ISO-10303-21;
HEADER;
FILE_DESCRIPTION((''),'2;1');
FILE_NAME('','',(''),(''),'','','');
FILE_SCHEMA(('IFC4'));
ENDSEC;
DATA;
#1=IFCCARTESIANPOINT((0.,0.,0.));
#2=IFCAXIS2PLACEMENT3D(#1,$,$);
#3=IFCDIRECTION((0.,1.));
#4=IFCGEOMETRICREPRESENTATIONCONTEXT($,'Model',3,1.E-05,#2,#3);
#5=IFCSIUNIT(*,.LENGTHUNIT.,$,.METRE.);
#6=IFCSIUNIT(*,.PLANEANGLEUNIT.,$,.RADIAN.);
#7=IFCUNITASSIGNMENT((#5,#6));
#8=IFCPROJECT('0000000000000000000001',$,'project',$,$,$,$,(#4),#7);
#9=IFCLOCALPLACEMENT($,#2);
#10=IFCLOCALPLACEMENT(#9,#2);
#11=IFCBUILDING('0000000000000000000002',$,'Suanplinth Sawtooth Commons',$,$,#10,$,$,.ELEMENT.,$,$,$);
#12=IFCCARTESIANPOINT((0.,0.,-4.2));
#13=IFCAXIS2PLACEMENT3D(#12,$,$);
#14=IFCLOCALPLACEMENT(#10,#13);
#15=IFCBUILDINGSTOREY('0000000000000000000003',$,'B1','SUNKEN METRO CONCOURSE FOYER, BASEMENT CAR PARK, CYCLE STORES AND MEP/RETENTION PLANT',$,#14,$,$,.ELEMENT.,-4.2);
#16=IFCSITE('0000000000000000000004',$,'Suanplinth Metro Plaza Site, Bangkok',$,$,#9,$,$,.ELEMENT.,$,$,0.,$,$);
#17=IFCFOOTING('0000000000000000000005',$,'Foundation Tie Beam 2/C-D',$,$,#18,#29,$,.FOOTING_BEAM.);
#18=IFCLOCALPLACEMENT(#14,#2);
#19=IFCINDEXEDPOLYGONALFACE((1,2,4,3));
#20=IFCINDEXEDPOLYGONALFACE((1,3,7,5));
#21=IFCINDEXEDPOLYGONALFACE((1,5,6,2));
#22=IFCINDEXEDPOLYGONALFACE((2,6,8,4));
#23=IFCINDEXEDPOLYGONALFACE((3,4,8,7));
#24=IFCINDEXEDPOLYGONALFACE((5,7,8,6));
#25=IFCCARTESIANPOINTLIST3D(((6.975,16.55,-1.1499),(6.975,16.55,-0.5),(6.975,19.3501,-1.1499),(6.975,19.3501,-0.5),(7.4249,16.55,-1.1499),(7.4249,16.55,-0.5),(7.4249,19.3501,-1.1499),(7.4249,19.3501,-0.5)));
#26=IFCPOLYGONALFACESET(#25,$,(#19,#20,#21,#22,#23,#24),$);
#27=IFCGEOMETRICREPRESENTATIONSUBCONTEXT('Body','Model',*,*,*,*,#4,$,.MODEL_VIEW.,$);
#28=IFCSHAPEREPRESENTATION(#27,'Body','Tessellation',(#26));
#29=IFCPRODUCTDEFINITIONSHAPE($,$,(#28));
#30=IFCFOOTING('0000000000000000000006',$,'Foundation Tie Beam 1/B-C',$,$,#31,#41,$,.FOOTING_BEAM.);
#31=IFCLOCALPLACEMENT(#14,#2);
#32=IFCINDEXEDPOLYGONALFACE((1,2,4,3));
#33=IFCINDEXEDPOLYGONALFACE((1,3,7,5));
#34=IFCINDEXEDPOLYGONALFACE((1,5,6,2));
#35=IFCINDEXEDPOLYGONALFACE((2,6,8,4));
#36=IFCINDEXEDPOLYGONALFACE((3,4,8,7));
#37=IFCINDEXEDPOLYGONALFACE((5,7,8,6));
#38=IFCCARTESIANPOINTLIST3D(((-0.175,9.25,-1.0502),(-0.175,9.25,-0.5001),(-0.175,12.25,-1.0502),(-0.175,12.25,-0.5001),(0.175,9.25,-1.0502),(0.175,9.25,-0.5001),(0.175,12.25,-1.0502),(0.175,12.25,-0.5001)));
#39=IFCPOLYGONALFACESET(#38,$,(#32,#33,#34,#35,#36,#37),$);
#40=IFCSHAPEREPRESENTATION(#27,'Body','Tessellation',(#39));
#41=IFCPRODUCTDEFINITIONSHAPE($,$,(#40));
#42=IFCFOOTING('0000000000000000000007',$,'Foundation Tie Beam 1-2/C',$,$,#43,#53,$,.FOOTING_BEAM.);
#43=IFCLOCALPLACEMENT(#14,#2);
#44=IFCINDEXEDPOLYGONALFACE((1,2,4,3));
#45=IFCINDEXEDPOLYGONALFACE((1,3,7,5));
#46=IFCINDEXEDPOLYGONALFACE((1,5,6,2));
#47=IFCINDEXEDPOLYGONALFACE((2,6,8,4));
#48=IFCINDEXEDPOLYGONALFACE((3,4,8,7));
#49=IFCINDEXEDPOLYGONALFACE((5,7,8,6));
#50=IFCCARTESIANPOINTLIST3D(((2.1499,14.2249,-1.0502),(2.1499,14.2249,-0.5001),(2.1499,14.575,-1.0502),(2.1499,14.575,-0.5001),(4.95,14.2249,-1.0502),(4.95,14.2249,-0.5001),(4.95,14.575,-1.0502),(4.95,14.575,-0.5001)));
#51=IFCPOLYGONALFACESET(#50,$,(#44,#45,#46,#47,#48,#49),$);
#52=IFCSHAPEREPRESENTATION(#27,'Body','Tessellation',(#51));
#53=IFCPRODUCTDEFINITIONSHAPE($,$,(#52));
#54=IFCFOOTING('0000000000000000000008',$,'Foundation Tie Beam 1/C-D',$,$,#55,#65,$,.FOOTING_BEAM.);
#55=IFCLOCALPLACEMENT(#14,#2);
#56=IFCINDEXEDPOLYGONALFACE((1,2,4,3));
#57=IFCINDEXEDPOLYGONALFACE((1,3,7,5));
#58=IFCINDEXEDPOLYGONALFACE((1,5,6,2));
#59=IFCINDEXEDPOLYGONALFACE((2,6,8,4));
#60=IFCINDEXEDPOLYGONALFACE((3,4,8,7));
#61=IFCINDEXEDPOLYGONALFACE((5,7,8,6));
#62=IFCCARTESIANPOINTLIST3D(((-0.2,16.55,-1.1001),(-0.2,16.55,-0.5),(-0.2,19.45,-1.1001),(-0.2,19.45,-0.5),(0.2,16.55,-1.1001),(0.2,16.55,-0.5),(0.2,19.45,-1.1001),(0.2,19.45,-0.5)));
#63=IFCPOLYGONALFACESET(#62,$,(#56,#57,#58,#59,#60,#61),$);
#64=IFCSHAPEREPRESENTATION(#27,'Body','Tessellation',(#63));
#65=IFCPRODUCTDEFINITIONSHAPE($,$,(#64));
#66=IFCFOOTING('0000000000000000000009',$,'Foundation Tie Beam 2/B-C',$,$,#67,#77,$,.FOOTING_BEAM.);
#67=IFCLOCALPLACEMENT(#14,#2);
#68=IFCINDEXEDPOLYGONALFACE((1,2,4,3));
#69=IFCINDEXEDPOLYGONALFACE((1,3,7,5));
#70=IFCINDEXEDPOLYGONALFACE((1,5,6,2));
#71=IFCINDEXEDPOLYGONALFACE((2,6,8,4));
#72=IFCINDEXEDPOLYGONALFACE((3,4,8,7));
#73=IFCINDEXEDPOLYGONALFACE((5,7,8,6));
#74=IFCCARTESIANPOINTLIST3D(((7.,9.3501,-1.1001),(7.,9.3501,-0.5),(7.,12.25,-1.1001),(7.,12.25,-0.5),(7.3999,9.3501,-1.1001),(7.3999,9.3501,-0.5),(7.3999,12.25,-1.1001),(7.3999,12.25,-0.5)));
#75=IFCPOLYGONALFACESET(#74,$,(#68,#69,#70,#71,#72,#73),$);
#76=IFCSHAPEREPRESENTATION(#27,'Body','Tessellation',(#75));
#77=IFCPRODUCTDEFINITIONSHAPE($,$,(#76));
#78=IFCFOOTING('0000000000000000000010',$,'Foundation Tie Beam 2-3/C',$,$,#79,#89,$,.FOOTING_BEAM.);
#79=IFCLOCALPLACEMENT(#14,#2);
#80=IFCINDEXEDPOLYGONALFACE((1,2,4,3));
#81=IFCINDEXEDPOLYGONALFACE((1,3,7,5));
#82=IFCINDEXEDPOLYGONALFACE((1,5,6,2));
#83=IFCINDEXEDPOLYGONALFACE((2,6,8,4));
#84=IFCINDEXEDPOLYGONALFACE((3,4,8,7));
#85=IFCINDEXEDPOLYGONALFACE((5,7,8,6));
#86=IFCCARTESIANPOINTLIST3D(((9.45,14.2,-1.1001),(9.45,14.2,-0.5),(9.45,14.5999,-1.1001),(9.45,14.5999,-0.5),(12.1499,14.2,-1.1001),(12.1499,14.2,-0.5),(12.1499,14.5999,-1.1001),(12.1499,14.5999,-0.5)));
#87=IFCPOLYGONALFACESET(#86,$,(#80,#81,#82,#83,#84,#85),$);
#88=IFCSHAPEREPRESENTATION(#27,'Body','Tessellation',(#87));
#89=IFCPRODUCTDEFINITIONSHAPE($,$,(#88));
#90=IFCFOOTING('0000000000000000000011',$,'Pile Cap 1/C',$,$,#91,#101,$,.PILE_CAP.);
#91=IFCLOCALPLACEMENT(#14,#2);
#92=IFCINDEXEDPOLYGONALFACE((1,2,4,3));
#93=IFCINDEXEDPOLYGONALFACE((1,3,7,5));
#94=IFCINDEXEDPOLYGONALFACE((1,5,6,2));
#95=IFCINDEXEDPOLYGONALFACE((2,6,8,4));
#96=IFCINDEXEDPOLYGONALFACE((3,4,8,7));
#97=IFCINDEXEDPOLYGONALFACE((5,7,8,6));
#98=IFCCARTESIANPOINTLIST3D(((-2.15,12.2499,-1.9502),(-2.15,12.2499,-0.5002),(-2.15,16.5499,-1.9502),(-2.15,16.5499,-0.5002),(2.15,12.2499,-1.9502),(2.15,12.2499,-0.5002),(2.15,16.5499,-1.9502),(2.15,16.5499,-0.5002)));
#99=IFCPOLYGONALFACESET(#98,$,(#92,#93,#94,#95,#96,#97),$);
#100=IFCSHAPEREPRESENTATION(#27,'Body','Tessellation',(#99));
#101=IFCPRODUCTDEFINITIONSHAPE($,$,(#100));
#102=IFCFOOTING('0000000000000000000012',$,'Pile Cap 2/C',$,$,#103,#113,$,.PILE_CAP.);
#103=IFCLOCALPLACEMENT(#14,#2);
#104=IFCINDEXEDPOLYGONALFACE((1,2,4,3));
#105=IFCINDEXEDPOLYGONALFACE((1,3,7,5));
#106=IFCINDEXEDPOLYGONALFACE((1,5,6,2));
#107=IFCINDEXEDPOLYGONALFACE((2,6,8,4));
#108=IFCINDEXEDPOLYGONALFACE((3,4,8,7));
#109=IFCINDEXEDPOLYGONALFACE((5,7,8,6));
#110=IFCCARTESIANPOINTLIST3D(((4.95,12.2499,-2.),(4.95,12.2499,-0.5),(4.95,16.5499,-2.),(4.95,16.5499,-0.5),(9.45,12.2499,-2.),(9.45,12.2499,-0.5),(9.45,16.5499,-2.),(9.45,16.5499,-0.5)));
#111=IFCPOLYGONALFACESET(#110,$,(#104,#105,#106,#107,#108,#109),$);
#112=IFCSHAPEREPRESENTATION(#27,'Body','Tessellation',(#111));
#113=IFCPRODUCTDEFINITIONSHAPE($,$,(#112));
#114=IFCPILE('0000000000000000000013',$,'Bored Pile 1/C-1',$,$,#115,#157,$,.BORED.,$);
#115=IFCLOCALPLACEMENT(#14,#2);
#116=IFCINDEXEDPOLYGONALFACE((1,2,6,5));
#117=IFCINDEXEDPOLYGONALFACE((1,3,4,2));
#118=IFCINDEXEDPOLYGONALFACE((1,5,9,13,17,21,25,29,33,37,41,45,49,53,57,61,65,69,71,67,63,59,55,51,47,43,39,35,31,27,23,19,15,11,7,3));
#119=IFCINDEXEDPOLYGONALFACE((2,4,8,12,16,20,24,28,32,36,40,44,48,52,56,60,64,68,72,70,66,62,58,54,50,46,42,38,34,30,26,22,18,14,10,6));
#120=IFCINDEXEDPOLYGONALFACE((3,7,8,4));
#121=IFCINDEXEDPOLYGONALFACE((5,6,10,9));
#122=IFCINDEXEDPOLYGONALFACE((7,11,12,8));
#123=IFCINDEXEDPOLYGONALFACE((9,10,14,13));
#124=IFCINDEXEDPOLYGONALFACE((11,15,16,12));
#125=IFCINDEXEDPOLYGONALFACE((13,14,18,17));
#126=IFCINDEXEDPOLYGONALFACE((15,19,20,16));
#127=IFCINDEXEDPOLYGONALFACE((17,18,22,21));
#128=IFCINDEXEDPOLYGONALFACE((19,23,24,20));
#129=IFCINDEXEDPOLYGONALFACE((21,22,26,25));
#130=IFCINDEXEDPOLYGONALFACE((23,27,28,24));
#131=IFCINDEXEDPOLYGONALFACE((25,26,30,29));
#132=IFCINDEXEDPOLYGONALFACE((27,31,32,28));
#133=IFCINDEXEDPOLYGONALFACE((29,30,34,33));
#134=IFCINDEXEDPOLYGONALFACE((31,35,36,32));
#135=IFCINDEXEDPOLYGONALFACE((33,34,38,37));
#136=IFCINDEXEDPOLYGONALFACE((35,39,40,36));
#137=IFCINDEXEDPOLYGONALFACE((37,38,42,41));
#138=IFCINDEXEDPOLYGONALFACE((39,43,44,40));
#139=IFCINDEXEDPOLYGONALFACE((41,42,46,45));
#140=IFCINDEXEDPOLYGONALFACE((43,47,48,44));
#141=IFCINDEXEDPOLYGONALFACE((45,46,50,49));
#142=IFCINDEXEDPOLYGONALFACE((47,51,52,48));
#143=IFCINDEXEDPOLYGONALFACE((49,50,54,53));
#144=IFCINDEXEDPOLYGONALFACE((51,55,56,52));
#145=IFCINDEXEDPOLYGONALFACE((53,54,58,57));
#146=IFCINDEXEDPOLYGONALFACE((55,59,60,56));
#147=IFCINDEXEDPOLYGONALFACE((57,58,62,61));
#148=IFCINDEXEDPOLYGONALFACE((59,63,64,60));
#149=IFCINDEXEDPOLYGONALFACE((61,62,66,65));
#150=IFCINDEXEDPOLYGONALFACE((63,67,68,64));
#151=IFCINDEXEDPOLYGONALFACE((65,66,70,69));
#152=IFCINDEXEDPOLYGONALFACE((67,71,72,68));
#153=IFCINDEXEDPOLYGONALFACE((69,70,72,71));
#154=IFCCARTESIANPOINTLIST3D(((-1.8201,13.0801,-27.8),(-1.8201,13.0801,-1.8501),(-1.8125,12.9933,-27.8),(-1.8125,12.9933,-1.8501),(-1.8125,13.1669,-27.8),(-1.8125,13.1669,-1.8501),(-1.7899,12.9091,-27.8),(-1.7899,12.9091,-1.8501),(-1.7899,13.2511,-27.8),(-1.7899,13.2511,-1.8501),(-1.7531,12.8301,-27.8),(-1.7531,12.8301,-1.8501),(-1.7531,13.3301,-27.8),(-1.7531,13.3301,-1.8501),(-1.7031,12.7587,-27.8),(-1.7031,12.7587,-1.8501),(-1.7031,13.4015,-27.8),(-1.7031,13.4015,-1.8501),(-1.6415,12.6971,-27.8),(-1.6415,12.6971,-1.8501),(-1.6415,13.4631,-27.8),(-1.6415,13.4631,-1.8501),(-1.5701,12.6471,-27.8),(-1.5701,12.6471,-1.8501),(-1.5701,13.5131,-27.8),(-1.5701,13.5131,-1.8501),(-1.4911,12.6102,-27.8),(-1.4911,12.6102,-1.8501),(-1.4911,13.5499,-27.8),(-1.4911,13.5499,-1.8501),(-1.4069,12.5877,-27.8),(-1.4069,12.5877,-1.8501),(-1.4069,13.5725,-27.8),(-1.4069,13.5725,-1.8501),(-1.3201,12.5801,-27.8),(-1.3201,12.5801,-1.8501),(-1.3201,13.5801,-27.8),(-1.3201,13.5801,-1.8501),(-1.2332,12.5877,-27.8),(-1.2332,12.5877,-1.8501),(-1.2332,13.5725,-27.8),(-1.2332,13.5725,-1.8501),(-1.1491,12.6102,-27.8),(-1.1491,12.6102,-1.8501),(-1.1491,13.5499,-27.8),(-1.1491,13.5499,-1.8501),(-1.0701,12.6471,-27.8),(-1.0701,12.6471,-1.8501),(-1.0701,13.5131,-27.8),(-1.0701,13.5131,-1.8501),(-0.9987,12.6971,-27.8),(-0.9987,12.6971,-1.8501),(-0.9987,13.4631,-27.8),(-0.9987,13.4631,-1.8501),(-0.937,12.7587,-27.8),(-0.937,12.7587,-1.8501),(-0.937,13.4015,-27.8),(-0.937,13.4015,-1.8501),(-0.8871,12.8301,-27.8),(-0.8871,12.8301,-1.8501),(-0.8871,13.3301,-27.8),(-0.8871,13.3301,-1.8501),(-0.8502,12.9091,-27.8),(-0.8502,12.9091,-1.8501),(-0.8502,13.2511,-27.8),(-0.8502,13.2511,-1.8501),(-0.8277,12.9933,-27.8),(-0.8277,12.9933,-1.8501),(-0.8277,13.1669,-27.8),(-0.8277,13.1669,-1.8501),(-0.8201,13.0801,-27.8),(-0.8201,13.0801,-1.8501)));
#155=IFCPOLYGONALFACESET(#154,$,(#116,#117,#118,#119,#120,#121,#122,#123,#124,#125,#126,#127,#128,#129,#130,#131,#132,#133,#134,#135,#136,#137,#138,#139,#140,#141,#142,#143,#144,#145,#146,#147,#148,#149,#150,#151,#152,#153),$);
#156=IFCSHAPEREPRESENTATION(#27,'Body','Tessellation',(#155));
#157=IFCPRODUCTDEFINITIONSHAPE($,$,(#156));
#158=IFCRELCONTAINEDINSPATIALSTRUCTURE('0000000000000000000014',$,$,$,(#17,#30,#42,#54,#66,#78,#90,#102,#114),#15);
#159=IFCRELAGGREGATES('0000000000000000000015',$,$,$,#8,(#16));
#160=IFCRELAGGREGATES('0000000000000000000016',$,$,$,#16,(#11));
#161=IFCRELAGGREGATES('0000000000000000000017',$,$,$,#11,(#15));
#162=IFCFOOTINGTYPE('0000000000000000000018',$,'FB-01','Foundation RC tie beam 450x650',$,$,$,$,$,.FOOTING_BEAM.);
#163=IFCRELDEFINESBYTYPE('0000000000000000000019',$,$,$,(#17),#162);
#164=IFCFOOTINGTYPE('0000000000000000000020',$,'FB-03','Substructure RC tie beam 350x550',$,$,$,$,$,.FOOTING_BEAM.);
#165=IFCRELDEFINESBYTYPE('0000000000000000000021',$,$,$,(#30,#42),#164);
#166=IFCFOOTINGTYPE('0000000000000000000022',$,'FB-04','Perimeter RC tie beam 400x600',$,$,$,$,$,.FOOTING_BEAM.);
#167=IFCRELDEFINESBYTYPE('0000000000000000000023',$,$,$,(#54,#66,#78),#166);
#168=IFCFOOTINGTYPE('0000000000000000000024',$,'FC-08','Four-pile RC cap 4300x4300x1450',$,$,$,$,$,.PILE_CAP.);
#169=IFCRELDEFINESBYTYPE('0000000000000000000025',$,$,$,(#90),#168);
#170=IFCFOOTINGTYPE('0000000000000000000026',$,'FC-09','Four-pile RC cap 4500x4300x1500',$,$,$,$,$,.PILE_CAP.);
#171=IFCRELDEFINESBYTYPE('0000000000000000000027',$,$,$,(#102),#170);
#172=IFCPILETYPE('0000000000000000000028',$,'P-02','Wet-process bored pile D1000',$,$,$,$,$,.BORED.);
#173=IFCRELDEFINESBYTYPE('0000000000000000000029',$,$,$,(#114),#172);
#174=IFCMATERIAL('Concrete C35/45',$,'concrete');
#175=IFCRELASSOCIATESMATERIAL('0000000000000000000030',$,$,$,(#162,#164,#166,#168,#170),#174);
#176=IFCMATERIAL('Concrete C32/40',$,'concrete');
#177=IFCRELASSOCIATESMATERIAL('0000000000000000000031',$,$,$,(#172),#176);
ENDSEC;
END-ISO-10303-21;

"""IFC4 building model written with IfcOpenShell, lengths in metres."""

from ifc_helpers import new_model, si_unit, direction, frame, origin, origin_2d, place, context, subcontext, project, spatial, rectangle, circle, extrude, material, material_profile, profile_set, type_object, element, save


model = new_model("IFC4")

# Units and contexts
model_context = context("Model", 3, precision=1e-05, world=origin(), true_north=direction((0.0, 1.0)))
body_context = subcontext(model_context, "Body", "Model", "MODEL_VIEW")
ifc_project = project(units=[si_unit("LENGTHUNIT", "METRE"), si_unit("PLANEANGLEUNIT", "RADIAN")], contexts=[model_context])

# Site, building, storey
site_placement = place(None, origin())
site = spatial("IfcSite", under=ifc_project, at=site_placement, Name="Suanplinth Metro Plaza Site, Bangkok", CompositionType="ELEMENT", RefElevation=0.0)
building_placement = place(site_placement, origin())
building = spatial("IfcBuilding", under=site, at=building_placement, Name="Suanplinth Sawtooth Commons", CompositionType="ELEMENT")
storey_placement = place(building_placement, frame((0.0, 0.0, -4.2)))
storey = spatial("IfcBuildingStorey", under=building, at=storey_placement, Name="B1", Description="SUNKEN METRO CONCOURSE FOYER, BASEMENT CAR PARK, CYCLE STORES AND MEP/RETENTION PLANT", CompositionType="ELEMENT", Elevation=-4.2)

# Footings
ifc_material_1 = material(Name="Concrete C35/45", Category="concrete")
ifc_material_profile_1 = material_profile(ifc_material_1, rectangle(XDim=0.45, YDim=0.6499, at=origin_2d()), Name="PC-GDR 450x650")
ifc_profile_set_1 = profile_set([ifc_material_profile_1], Name="Concrete C35/45")
footing_type_1 = type_object("IfcFootingType", Name="FB-01", Description="Foundation RC tie beam 450x650", PredefinedType="FOOTING_BEAM", material=ifc_profile_set_1)
footing_1_placement = place(storey_placement, frame((7.2, 16.55, -0.825), z_axis=(0.0, 1.0, 0.0), x_axis=(-1.0, 0.0, 0.0)))
element("IfcFooting", 1, at=footing_1_placement, inside=storey, type_object=footing_type_1, Name="Foundation Tie Beam 2/C-D", PredefinedType="FOOTING_BEAM", context=body_context, shape_type="SweptSolid", body=[
    extrude(rectangle(XDim=0.45, YDim=0.6499, at=origin_2d()), origin(), (0.0, 0.0, 1.0), 2.8),
])
ifc_material_profile_2 = material_profile(ifc_material_1, rectangle(XDim=0.3501, YDim=0.55, at=origin_2d()), Name="PC-BM 350x550")
ifc_profile_set_2 = profile_set([ifc_material_profile_2], Name="Concrete C35/45")
footing_type_2 = type_object("IfcFootingType", Name="FB-03", Description="Substructure RC tie beam 350x550", PredefinedType="FOOTING_BEAM", material=ifc_profile_set_2)
footing_2_placement = place(storey_placement, frame((0.0, 9.25, -0.7751), z_axis=(0.0, 1.0, 0.0), x_axis=(-1.0, 0.0, 0.0)))
element("IfcFooting", 2, at=footing_2_placement, inside=storey, type_object=footing_type_2, Name="Foundation Tie Beam 1/B-C", PredefinedType="FOOTING_BEAM", context=body_context, shape_type="SweptSolid", body=[
    extrude(rectangle(XDim=0.3501, YDim=0.55, at=origin_2d()), origin(), (0.0, 0.0, 1.0), 3.0),
])
footing_3_placement = place(storey_placement, frame((2.1499, 14.3999, -0.7751), z_axis=(1.0, 0.0, 0.0), x_axis=(0.0, 1.0, 0.0)))
element("IfcFooting", 3, at=footing_3_placement, inside=storey, type_object=footing_type_2, Name="Foundation Tie Beam 1-2/C", PredefinedType="FOOTING_BEAM", context=body_context, shape_type="SweptSolid", body=[
    extrude(rectangle(XDim=0.3501, YDim=0.55, at=origin_2d()), origin(), (0.0, 0.0, 1.0), 2.8),
])
ifc_material_profile_3 = material_profile(ifc_material_1, rectangle(XDim=0.3999, YDim=0.6001, at=origin_2d()), Name="PC-GDR 400x600")
ifc_profile_set_3 = profile_set([ifc_material_profile_3], Name="Concrete C35/45")
footing_type_3 = type_object("IfcFootingType", Name="FB-04", Description="Perimeter RC tie beam 400x600", PredefinedType="FOOTING_BEAM", material=ifc_profile_set_3)
for number, where, z_axis, x_axis, name in (
    (4, (0.0, 16.55, -0.8), (0.0, 1.0, 0.0), (-1.0, 0.0, 0.0), "Foundation Tie Beam 1/C-D"),
    (5, (7.2, 9.3501, -0.8), (0.0, 1.0, 0.0), (-1.0, 0.0, 0.0), "Foundation Tie Beam 2/B-C"),
):
    element("IfcFooting", number, at=place(storey_placement, frame(where, z_axis=z_axis, x_axis=x_axis)), inside=storey, type_object=footing_type_3, Name=name, PredefinedType="FOOTING_BEAM", context=body_context, shape_type="SweptSolid", body=[
        extrude(rectangle(XDim=0.3999, YDim=0.6001, at=origin_2d()), origin(), (0.0, 0.0, 1.0), 2.8999),
    ])
footing_4_placement = place(storey_placement, frame((9.45, 14.3999, -0.8), z_axis=(1.0, 0.0, 0.0), x_axis=(0.0, 1.0, 0.0)))
element("IfcFooting", 6, at=footing_4_placement, inside=storey, type_object=footing_type_3, Name="Foundation Tie Beam 2-3/C", PredefinedType="FOOTING_BEAM", context=body_context, shape_type="SweptSolid", body=[
    extrude(rectangle(XDim=0.3999, YDim=0.6001, at=origin_2d()), origin(), (0.0, 0.0, 1.0), 2.7),
])
footing_type_4 = type_object("IfcFootingType", Name="FC-08", Description="Four-pile RC cap 4300x4300x1450", PredefinedType="PILE_CAP", material=ifc_material_1)
footing_5_placement = place(storey_placement, frame((0.0, 14.3999, -1.9502), z_axis=(0.0, 0.0, 1.0), x_axis=(1.0, 0.0, 0.0)))
element("IfcFooting", 7, at=footing_5_placement, inside=storey, type_object=footing_type_4, Name="Pile Cap 1/C", PredefinedType="PILE_CAP", context=body_context, shape_type="SweptSolid", body=[
    extrude(rectangle(XDim=4.3, YDim=4.3, at=origin_2d()), origin(), (0.0, 0.0, 1.0), 1.45),
])
footing_type_5 = type_object("IfcFootingType", Name="FC-09", Description="Four-pile RC cap 4500x4300x1500", PredefinedType="PILE_CAP", material=ifc_material_1)
footing_6_placement = place(storey_placement, frame((7.2, 14.3999, -2.0), z_axis=(0.0, 0.0, 1.0), x_axis=(1.0, 0.0, 0.0)))
element("IfcFooting", 8, at=footing_6_placement, inside=storey, type_object=footing_type_5, Name="Pile Cap 2/C", PredefinedType="PILE_CAP", context=body_context, shape_type="SweptSolid", body=[
    extrude(rectangle(XDim=4.5, YDim=4.3, at=origin_2d()), origin(), (0.0, 0.0, 1.0), 1.5),
])

# Pile
ifc_material_2 = material(Name="Concrete C32/40", Category="concrete")
ifc_material_profile_4 = material_profile(ifc_material_2, circle(Radius=0.5, at=origin_2d()), Name="PILE D1000")
ifc_profile_set_4 = profile_set([ifc_material_profile_4], Name="Concrete C32/40")
pile_type = type_object("IfcPileType", Name="P-02", Description="Wet-process bored pile D1000", PredefinedType="BORED", material=ifc_profile_set_4)
for number, where, z_axis, x_axis, name in (
    (9, (-1.3201, 13.0801, -1.8501), (0.0, 0.0, -1.0), (1.0, 0.0, 0.0), "Bored Pile 1/C-1"),
):
    element("IfcPile", number, at=place(storey_placement, frame(where, z_axis=z_axis, x_axis=x_axis)), inside=storey, type_object=pile_type, Name=name, PredefinedType="BORED", context=body_context, shape_type="SweptSolid", body=[
        extrude(circle(Radius=0.5, at=origin_2d()), origin(), (0.0, 0.0, 1.0), 25.95),
    ])

save(model, "model.ifc")
